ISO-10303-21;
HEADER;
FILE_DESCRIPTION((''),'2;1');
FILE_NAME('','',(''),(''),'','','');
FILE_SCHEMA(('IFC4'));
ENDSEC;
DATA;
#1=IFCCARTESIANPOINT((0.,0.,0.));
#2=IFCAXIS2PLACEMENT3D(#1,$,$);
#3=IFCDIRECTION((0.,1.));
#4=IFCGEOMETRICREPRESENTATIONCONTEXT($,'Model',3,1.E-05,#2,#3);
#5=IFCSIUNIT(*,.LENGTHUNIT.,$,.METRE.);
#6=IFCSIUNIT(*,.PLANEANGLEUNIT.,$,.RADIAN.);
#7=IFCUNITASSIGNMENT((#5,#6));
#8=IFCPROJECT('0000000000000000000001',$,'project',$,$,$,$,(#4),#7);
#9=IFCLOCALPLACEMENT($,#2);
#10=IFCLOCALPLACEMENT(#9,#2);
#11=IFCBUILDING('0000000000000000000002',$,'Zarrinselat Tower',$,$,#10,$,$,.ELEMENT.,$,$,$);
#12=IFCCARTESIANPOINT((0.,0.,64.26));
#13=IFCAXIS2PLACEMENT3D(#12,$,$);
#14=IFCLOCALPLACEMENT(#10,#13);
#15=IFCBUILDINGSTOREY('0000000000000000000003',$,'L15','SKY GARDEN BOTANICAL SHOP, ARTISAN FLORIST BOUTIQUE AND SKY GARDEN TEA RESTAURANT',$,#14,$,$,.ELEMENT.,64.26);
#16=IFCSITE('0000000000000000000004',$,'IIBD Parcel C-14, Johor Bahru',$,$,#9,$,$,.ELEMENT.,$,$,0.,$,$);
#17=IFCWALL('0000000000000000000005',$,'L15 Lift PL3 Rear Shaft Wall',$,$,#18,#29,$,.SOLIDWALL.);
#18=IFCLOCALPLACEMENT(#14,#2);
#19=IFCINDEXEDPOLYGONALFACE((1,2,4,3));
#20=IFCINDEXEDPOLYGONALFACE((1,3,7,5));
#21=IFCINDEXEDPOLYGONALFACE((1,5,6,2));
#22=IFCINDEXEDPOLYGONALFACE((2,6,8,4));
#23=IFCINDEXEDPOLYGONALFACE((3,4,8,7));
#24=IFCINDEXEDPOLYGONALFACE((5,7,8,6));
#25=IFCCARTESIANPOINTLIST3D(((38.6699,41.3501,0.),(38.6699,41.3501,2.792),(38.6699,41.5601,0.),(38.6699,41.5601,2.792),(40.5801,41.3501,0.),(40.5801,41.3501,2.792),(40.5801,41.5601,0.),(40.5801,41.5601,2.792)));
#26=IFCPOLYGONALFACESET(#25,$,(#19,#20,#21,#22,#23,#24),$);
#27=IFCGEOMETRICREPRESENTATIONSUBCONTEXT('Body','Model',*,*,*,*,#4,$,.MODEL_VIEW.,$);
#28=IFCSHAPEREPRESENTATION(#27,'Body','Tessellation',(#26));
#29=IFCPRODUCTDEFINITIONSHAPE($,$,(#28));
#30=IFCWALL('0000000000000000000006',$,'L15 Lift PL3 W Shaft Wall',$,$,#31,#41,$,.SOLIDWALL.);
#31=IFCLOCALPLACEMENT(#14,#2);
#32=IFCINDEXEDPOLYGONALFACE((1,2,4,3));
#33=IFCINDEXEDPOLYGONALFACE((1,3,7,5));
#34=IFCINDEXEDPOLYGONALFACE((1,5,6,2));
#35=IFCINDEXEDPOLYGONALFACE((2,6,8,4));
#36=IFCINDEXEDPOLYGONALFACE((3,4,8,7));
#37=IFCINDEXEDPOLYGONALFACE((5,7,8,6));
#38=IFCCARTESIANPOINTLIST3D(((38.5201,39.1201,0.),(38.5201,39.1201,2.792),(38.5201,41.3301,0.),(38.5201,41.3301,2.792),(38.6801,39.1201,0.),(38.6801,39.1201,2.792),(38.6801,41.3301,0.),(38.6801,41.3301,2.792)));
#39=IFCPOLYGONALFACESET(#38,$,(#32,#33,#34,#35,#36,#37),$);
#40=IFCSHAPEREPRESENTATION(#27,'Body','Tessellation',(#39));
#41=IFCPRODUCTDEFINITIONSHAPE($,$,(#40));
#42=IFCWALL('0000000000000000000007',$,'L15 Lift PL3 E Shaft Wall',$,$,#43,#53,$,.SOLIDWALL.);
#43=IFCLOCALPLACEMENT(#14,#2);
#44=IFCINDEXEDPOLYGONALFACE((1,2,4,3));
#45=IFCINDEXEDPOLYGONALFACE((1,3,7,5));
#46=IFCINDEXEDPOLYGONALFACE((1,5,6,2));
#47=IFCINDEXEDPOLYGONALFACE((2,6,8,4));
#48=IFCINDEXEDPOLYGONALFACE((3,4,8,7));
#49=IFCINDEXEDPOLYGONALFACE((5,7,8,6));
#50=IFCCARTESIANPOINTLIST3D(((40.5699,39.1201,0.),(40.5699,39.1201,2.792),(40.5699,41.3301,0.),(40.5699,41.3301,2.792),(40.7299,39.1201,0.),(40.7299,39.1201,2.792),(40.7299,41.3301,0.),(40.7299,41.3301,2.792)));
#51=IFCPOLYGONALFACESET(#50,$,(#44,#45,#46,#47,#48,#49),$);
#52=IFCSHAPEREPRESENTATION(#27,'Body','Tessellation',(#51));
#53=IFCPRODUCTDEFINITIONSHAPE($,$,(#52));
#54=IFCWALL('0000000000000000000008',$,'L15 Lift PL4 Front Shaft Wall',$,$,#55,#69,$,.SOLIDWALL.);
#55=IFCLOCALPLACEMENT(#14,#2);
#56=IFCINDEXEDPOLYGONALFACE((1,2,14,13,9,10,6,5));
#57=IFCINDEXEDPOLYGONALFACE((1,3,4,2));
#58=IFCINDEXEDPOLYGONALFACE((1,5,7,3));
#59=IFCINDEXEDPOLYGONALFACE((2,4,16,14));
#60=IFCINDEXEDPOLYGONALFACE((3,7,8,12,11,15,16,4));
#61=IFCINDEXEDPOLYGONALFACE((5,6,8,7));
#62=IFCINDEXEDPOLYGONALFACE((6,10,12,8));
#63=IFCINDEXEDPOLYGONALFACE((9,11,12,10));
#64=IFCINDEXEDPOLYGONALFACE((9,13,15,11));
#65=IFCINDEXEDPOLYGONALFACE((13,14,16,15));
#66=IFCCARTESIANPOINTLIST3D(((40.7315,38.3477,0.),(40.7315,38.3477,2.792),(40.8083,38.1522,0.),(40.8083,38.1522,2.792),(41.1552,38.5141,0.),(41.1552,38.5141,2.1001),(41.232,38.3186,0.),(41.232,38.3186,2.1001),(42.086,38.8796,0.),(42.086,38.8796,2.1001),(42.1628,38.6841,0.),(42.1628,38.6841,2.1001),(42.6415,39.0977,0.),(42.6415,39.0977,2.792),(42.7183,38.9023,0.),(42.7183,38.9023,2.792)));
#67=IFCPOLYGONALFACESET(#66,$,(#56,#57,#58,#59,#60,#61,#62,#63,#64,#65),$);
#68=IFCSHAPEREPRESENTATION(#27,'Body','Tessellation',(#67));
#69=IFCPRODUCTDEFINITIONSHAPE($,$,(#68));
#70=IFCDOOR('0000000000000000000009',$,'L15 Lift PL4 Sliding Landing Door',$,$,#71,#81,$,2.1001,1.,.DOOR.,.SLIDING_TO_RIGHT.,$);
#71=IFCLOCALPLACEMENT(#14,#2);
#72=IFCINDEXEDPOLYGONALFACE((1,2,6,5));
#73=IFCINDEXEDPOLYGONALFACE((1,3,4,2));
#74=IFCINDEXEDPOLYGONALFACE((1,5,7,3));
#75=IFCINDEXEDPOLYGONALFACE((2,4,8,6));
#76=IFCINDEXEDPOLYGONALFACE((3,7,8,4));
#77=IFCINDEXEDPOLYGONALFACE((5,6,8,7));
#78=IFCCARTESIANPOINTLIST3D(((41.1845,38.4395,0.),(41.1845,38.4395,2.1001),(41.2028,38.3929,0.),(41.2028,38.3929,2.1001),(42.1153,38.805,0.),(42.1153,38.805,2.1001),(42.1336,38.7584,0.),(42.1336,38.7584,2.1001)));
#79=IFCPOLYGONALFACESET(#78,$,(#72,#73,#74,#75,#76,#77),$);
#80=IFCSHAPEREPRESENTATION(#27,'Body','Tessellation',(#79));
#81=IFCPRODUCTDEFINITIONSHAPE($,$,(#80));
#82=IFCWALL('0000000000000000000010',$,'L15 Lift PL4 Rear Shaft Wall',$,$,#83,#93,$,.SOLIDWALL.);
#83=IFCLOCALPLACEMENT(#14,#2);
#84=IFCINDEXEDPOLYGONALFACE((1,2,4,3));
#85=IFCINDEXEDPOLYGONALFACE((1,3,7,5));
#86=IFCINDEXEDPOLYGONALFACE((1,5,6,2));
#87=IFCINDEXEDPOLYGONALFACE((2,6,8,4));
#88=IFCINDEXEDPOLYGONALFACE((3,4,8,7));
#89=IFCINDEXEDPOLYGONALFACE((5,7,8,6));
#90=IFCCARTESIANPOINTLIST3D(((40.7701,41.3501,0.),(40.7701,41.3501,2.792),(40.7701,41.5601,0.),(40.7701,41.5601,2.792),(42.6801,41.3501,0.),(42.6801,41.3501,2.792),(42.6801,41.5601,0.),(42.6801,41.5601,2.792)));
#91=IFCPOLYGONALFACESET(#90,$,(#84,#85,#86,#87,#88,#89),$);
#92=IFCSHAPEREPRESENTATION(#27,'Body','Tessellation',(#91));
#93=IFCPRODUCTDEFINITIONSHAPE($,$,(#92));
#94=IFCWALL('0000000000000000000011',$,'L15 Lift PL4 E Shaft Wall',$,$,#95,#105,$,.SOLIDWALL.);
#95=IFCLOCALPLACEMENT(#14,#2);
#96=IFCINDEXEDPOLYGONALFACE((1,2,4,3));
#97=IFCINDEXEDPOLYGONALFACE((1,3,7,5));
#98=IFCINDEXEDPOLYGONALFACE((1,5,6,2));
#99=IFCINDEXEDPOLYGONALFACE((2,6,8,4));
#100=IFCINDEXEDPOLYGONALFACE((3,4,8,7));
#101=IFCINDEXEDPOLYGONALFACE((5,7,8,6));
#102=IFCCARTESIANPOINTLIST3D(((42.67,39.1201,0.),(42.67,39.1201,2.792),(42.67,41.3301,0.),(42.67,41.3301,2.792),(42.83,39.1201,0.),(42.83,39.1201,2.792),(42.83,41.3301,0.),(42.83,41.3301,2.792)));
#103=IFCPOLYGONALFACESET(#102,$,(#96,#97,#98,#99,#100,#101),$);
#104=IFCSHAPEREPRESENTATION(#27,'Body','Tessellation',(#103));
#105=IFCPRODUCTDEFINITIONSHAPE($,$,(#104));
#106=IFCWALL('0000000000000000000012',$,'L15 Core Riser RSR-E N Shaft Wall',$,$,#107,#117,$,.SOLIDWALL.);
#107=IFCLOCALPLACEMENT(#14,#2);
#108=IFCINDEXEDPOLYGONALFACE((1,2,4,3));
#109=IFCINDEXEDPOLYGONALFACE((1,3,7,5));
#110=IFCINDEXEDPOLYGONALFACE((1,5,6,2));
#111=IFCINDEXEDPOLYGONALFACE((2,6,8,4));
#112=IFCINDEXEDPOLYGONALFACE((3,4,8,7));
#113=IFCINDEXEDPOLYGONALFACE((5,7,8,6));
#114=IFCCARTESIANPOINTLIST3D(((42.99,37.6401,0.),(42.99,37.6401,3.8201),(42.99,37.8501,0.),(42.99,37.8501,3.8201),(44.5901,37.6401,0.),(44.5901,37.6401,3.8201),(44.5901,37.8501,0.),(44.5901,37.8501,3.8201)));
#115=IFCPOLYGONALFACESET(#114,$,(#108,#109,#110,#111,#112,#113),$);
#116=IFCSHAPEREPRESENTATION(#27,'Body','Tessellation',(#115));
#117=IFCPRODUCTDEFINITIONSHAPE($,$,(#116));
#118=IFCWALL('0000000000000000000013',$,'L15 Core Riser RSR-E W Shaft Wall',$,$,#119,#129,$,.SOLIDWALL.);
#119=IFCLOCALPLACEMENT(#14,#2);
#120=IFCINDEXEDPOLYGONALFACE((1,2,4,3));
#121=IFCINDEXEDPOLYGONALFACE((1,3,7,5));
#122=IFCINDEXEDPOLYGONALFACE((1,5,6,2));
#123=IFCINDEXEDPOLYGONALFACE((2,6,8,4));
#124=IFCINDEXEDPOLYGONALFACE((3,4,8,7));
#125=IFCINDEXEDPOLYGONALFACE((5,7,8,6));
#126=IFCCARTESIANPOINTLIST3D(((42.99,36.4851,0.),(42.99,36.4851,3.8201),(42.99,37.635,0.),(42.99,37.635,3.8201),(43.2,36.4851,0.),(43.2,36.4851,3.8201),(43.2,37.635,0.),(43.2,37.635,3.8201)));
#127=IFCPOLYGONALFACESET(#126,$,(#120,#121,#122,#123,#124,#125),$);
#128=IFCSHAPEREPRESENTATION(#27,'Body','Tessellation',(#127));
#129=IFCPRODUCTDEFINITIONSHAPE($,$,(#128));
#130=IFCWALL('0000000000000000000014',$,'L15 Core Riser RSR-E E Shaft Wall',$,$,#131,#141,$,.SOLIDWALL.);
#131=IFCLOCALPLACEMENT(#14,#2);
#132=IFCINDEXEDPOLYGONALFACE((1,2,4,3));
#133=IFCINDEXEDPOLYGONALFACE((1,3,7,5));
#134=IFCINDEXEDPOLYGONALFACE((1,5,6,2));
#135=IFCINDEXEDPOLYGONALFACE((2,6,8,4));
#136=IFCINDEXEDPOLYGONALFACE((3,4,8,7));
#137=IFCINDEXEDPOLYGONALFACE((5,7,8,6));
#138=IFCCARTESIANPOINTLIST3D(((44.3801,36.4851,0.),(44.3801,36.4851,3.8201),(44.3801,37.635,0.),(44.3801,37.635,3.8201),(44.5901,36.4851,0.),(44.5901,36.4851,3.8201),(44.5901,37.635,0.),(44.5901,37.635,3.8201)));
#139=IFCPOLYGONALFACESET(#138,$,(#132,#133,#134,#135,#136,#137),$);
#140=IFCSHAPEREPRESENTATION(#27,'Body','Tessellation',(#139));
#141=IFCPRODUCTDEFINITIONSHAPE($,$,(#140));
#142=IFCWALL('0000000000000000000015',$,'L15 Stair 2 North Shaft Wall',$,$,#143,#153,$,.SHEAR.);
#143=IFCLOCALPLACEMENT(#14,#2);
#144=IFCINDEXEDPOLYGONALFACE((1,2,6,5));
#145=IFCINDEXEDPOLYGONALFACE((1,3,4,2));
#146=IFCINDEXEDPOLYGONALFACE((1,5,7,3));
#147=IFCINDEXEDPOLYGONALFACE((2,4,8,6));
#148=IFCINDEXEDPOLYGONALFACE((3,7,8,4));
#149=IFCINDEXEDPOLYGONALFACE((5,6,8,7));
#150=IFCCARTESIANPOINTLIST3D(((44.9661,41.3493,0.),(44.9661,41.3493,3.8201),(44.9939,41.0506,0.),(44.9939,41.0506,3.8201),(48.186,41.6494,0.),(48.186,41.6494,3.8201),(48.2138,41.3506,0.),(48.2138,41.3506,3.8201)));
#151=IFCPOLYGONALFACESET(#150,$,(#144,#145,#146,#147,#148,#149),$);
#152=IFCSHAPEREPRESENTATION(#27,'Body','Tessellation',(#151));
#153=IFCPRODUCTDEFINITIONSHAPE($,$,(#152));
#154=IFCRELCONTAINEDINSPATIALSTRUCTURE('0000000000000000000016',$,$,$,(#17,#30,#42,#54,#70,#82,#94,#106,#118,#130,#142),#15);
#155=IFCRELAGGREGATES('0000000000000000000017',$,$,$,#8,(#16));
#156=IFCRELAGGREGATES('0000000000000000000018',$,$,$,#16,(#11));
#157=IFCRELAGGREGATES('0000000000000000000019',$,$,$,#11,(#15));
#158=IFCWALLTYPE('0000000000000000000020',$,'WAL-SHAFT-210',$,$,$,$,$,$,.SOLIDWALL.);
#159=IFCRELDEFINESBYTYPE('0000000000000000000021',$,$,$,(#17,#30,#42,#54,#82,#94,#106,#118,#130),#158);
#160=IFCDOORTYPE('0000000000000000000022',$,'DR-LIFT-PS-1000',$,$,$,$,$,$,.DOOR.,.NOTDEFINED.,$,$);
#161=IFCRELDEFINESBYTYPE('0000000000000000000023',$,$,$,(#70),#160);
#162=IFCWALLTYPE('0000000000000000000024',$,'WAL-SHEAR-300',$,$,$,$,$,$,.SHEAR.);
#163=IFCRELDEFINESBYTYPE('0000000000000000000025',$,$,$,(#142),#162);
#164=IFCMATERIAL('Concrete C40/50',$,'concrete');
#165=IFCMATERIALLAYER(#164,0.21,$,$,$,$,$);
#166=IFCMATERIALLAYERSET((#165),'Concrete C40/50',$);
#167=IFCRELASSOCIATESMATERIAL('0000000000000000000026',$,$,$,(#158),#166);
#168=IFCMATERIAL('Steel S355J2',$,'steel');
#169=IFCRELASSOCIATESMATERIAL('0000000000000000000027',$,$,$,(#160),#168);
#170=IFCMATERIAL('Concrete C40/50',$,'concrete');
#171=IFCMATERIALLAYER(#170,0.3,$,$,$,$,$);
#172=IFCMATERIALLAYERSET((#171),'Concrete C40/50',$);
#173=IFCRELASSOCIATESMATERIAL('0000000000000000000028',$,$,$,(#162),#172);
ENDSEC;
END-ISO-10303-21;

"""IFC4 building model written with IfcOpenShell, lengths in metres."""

from ifc_helpers import new_model, si_unit, direction, frame, frame_2d, origin, place, context, subcontext, project, spatial, rectangle, extrude, material, layer, layer_set, type_object, element, fill, save


model = new_model("IFC4")

# Units and contexts
model_context = context("Model", 3, precision=1e-05, world=origin(), true_north=direction((0.0, 1.0)))
body_context = subcontext(model_context, "Body", "Model", "MODEL_VIEW")
ifc_project = project(units=[si_unit("LENGTHUNIT", "METRE"), si_unit("PLANEANGLEUNIT", "RADIAN")], contexts=[model_context])

# Site, building, storey
site_placement = place(None, origin())
site = spatial("IfcSite", under=ifc_project, at=site_placement, Name="IIBD Parcel C-14, Johor Bahru", CompositionType="ELEMENT", RefElevation=0.0)
building_placement = place(site_placement, origin())
building = spatial("IfcBuilding", under=site, at=building_placement, Name="Zarrinselat Tower", CompositionType="ELEMENT")
storey_placement = place(building_placement, frame((0.0, 0.0, 64.26)))
storey = spatial("IfcBuildingStorey", under=building, at=storey_placement, Name="L15", Description="SKY GARDEN BOTANICAL SHOP, ARTISAN FLORIST BOUTIQUE AND SKY GARDEN TEA RESTAURANT", CompositionType="ELEMENT", Elevation=64.26)

# Shared definitions
ifc_material_1 = material(Name="Concrete C40/50", Category="concrete")
ifc_layer_1 = layer(ifc_material_1, 0.21)
ifc_layer_set_1 = layer_set([ifc_layer_1], Name="Concrete C40/50")
wall_type_1 = type_object("IfcWallType", Name="WAL-SHAFT-210", PredefinedType="SOLIDWALL", material=ifc_layer_set_1)

# Shared definitions
ifc_material_2 = material(Name="Steel S355J2", Category="steel")
door_type_1 = type_object("IfcDoorType", Name="DR-LIFT-PS-1000", OperationType="NOTDEFINED", PredefinedType="DOOR", material=ifc_material_2)

# Walls
wall_1_placement = place(storey_placement, frame((38.6699, 41.4551, 0.0), z_axis=(0.0, 0.0, 1.0), x_axis=(1.0, 0.0, 0.0)))
element("IfcWall", 1, at=wall_1_placement, inside=storey, type_object=wall_type_1, Name="L15 Lift PL3 Rear Shaft Wall", PredefinedType="SOLIDWALL", context=body_context, shape_type="SweptSolid", body=[
    extrude(rectangle(XDim=1.9102, YDim=0.21, at=frame_2d((0.9551, 0.0))), origin(), (0.0, 0.0, 1.0), 2.792),
])
for number, where, z_axis, x_axis, name in (
    (2, (38.6001, 39.1201, 0.0), (0.0, 0.0, 1.0), (0.0, 1.0, 0.0), "L15 Lift PL3 W Shaft Wall"),
    (3, (40.6499, 39.1201, 0.0), (0.0, 0.0, 1.0), (0.0, 1.0, 0.0), "L15 Lift PL3 E Shaft Wall"),
):
    element("IfcWall", number, at=place(storey_placement, frame(where, z_axis=z_axis, x_axis=x_axis)), inside=storey, type_object=wall_type_1, Name=name, PredefinedType="SOLIDWALL", context=body_context, shape_type="SweptSolid", body=[
        extrude(rectangle(XDim=2.21, YDim=0.1599, at=frame_2d((1.105, 0.0))), origin(), (0.0, 0.0, 1.0), 2.792),
    ])

# Wall, opening, door
wall_2_placement = place(storey_placement, frame((40.77, 38.25, 0.0), z_axis=(0.0, 0.0, 1.0), x_axis=(0.930805, 0.365516, 0.0)))
wall_2 = element("IfcWall", 4, at=wall_2_placement, inside=storey, type_object=wall_type_1, Name="L15 Lift PL4 Front Shaft Wall", PredefinedType="SOLIDWALL", context=body_context, shape_type="SweptSolid", body=[
    extrude(rectangle(XDim=2.052, YDim=0.21, at=frame_2d((1.0259, 0.0))), origin(), (0.0, 0.0, 1.0), 2.792),
])
opening_1_placement = place(wall_2_placement, frame((0.4551, 0.0, 0.0)))
opening_1 = element("IfcOpeningElement", 5, at=opening_1_placement, cuts=wall_2, PredefinedType="OPENING", context=body_context, shape_type="SweptSolid", body=[
    extrude(rectangle(XDim=1.0, YDim=2.1001, at=frame_2d((0.5, 1.05))), frame((0.0, 0.115, 0.0), z_axis=(0.0, -1.0, 0.0), x_axis=(1.0, 0.0, 0.0)), (0.0, 0.0, 1.0), 0.23),
])
door_1_placement = place(opening_1_placement, origin())
door_1 = element("IfcDoor", 6, at=door_1_placement, inside=storey, type_object=door_type_1, Name="L15 Lift PL4 Sliding Landing Door", OperationType="SLIDING_TO_RIGHT", OverallHeight=2.1001, OverallWidth=1.0, PredefinedType="DOOR", context=body_context, shape_type="SweptSolid", body=[
    extrude(rectangle(XDim=1.0, YDim=2.1001, at=frame_2d((0.5, 1.05))), frame((0.0, 0.0249, 0.0), z_axis=(0.0, -1.0, 0.0), x_axis=(1.0, 0.0, 0.0)), (0.0, 0.0, 1.0), 0.05),
])
fill(opening_1, door_1)

# Walls
wall_3_placement = place(storey_placement, frame((40.77, 41.4551, 0.0), z_axis=(0.0, 0.0, 1.0), x_axis=(1.0, 0.0, 0.0)))
element("IfcWall", 7, at=wall_3_placement, inside=storey, type_object=wall_type_1, Name="L15 Lift PL4 Rear Shaft Wall", PredefinedType="SOLIDWALL", context=body_context, shape_type="SweptSolid", body=[
    extrude(rectangle(XDim=1.9099, YDim=0.21, at=frame_2d((0.9551, 0.0))), origin(), (0.0, 0.0, 1.0), 2.792),
])
wall_4_placement = place(storey_placement, frame((42.75, 39.1201, 0.0), z_axis=(0.0, 0.0, 1.0), x_axis=(0.0, 1.0, 0.0)))
element("IfcWall", 8, at=wall_4_placement, inside=storey, type_object=wall_type_1, Name="L15 Lift PL4 E Shaft Wall", PredefinedType="SOLIDWALL", context=body_context, shape_type="SweptSolid", body=[
    extrude(rectangle(XDim=2.21, YDim=0.1599, at=frame_2d((1.105, 0.0))), origin(), (0.0, 0.0, 1.0), 2.792),
])
wall_5_placement = place(storey_placement, frame((42.99, 37.7451, 0.0), z_axis=(0.0, 0.0, 1.0), x_axis=(1.0, 0.0, 0.0)))
element("IfcWall", 9, at=wall_5_placement, inside=storey, type_object=wall_type_1, Name="L15 Core Riser RSR-E N Shaft Wall", PredefinedType="SOLIDWALL", context=body_context, shape_type="SweptSolid", body=[
    extrude(rectangle(XDim=1.6001, YDim=0.21, at=frame_2d((0.8, 0.0))), origin(), (0.0, 0.0, 1.0), 3.8201),
])
for number, where, z_axis, x_axis, name in (
    (10, (43.095, 36.4851, 0.0), (0.0, 0.0, 1.0), (0.0, 1.0, 0.0), "L15 Core Riser RSR-E W Shaft Wall"),
    (11, (44.4851, 36.4851, 0.0), (0.0, 0.0, 1.0), (0.0, 1.0, 0.0), "L15 Core Riser RSR-E E Shaft Wall"),
):
    element("IfcWall", number, at=place(storey_placement, frame(where, z_axis=z_axis, x_axis=x_axis)), inside=storey, type_object=wall_type_1, Name=name, PredefinedType="SOLIDWALL", context=body_context, shape_type="SweptSolid", body=[
        extrude(rectangle(XDim=1.1499, YDim=0.21, at=frame_2d((0.575, 0.0))), origin(), (0.0, 0.0, 1.0), 3.8201),
    ])
ifc_material_3 = material(Name="Concrete C40/50", Category="concrete")
ifc_layer_2 = layer(ifc_material_3, 0.3)
ifc_layer_set_2 = layer_set([ifc_layer_2], Name="Concrete C40/50")
wall_type_2 = type_object("IfcWallType", Name="WAL-SHEAR-300", PredefinedType="SHEAR", material=ifc_layer_set_2)
wall_6_placement = place(storey_placement, frame((44.98, 41.2, 0.0), z_axis=(0.0, 0.0, 1.0), x_axis=(0.995686, 0.092782, 0.0)))
element("IfcWall", 12, at=wall_6_placement, inside=storey, type_object=wall_type_2, Name="L15 Stair 2 North Shaft Wall", PredefinedType="SHEAR", context=body_context, shape_type="SweptSolid", body=[
    extrude(rectangle(XDim=3.2339, YDim=0.3, at=frame_2d((1.6169, 0.0))), origin(), (0.0, 0.0, 1.0), 3.8201),
])

save(model, "model.ifc")
